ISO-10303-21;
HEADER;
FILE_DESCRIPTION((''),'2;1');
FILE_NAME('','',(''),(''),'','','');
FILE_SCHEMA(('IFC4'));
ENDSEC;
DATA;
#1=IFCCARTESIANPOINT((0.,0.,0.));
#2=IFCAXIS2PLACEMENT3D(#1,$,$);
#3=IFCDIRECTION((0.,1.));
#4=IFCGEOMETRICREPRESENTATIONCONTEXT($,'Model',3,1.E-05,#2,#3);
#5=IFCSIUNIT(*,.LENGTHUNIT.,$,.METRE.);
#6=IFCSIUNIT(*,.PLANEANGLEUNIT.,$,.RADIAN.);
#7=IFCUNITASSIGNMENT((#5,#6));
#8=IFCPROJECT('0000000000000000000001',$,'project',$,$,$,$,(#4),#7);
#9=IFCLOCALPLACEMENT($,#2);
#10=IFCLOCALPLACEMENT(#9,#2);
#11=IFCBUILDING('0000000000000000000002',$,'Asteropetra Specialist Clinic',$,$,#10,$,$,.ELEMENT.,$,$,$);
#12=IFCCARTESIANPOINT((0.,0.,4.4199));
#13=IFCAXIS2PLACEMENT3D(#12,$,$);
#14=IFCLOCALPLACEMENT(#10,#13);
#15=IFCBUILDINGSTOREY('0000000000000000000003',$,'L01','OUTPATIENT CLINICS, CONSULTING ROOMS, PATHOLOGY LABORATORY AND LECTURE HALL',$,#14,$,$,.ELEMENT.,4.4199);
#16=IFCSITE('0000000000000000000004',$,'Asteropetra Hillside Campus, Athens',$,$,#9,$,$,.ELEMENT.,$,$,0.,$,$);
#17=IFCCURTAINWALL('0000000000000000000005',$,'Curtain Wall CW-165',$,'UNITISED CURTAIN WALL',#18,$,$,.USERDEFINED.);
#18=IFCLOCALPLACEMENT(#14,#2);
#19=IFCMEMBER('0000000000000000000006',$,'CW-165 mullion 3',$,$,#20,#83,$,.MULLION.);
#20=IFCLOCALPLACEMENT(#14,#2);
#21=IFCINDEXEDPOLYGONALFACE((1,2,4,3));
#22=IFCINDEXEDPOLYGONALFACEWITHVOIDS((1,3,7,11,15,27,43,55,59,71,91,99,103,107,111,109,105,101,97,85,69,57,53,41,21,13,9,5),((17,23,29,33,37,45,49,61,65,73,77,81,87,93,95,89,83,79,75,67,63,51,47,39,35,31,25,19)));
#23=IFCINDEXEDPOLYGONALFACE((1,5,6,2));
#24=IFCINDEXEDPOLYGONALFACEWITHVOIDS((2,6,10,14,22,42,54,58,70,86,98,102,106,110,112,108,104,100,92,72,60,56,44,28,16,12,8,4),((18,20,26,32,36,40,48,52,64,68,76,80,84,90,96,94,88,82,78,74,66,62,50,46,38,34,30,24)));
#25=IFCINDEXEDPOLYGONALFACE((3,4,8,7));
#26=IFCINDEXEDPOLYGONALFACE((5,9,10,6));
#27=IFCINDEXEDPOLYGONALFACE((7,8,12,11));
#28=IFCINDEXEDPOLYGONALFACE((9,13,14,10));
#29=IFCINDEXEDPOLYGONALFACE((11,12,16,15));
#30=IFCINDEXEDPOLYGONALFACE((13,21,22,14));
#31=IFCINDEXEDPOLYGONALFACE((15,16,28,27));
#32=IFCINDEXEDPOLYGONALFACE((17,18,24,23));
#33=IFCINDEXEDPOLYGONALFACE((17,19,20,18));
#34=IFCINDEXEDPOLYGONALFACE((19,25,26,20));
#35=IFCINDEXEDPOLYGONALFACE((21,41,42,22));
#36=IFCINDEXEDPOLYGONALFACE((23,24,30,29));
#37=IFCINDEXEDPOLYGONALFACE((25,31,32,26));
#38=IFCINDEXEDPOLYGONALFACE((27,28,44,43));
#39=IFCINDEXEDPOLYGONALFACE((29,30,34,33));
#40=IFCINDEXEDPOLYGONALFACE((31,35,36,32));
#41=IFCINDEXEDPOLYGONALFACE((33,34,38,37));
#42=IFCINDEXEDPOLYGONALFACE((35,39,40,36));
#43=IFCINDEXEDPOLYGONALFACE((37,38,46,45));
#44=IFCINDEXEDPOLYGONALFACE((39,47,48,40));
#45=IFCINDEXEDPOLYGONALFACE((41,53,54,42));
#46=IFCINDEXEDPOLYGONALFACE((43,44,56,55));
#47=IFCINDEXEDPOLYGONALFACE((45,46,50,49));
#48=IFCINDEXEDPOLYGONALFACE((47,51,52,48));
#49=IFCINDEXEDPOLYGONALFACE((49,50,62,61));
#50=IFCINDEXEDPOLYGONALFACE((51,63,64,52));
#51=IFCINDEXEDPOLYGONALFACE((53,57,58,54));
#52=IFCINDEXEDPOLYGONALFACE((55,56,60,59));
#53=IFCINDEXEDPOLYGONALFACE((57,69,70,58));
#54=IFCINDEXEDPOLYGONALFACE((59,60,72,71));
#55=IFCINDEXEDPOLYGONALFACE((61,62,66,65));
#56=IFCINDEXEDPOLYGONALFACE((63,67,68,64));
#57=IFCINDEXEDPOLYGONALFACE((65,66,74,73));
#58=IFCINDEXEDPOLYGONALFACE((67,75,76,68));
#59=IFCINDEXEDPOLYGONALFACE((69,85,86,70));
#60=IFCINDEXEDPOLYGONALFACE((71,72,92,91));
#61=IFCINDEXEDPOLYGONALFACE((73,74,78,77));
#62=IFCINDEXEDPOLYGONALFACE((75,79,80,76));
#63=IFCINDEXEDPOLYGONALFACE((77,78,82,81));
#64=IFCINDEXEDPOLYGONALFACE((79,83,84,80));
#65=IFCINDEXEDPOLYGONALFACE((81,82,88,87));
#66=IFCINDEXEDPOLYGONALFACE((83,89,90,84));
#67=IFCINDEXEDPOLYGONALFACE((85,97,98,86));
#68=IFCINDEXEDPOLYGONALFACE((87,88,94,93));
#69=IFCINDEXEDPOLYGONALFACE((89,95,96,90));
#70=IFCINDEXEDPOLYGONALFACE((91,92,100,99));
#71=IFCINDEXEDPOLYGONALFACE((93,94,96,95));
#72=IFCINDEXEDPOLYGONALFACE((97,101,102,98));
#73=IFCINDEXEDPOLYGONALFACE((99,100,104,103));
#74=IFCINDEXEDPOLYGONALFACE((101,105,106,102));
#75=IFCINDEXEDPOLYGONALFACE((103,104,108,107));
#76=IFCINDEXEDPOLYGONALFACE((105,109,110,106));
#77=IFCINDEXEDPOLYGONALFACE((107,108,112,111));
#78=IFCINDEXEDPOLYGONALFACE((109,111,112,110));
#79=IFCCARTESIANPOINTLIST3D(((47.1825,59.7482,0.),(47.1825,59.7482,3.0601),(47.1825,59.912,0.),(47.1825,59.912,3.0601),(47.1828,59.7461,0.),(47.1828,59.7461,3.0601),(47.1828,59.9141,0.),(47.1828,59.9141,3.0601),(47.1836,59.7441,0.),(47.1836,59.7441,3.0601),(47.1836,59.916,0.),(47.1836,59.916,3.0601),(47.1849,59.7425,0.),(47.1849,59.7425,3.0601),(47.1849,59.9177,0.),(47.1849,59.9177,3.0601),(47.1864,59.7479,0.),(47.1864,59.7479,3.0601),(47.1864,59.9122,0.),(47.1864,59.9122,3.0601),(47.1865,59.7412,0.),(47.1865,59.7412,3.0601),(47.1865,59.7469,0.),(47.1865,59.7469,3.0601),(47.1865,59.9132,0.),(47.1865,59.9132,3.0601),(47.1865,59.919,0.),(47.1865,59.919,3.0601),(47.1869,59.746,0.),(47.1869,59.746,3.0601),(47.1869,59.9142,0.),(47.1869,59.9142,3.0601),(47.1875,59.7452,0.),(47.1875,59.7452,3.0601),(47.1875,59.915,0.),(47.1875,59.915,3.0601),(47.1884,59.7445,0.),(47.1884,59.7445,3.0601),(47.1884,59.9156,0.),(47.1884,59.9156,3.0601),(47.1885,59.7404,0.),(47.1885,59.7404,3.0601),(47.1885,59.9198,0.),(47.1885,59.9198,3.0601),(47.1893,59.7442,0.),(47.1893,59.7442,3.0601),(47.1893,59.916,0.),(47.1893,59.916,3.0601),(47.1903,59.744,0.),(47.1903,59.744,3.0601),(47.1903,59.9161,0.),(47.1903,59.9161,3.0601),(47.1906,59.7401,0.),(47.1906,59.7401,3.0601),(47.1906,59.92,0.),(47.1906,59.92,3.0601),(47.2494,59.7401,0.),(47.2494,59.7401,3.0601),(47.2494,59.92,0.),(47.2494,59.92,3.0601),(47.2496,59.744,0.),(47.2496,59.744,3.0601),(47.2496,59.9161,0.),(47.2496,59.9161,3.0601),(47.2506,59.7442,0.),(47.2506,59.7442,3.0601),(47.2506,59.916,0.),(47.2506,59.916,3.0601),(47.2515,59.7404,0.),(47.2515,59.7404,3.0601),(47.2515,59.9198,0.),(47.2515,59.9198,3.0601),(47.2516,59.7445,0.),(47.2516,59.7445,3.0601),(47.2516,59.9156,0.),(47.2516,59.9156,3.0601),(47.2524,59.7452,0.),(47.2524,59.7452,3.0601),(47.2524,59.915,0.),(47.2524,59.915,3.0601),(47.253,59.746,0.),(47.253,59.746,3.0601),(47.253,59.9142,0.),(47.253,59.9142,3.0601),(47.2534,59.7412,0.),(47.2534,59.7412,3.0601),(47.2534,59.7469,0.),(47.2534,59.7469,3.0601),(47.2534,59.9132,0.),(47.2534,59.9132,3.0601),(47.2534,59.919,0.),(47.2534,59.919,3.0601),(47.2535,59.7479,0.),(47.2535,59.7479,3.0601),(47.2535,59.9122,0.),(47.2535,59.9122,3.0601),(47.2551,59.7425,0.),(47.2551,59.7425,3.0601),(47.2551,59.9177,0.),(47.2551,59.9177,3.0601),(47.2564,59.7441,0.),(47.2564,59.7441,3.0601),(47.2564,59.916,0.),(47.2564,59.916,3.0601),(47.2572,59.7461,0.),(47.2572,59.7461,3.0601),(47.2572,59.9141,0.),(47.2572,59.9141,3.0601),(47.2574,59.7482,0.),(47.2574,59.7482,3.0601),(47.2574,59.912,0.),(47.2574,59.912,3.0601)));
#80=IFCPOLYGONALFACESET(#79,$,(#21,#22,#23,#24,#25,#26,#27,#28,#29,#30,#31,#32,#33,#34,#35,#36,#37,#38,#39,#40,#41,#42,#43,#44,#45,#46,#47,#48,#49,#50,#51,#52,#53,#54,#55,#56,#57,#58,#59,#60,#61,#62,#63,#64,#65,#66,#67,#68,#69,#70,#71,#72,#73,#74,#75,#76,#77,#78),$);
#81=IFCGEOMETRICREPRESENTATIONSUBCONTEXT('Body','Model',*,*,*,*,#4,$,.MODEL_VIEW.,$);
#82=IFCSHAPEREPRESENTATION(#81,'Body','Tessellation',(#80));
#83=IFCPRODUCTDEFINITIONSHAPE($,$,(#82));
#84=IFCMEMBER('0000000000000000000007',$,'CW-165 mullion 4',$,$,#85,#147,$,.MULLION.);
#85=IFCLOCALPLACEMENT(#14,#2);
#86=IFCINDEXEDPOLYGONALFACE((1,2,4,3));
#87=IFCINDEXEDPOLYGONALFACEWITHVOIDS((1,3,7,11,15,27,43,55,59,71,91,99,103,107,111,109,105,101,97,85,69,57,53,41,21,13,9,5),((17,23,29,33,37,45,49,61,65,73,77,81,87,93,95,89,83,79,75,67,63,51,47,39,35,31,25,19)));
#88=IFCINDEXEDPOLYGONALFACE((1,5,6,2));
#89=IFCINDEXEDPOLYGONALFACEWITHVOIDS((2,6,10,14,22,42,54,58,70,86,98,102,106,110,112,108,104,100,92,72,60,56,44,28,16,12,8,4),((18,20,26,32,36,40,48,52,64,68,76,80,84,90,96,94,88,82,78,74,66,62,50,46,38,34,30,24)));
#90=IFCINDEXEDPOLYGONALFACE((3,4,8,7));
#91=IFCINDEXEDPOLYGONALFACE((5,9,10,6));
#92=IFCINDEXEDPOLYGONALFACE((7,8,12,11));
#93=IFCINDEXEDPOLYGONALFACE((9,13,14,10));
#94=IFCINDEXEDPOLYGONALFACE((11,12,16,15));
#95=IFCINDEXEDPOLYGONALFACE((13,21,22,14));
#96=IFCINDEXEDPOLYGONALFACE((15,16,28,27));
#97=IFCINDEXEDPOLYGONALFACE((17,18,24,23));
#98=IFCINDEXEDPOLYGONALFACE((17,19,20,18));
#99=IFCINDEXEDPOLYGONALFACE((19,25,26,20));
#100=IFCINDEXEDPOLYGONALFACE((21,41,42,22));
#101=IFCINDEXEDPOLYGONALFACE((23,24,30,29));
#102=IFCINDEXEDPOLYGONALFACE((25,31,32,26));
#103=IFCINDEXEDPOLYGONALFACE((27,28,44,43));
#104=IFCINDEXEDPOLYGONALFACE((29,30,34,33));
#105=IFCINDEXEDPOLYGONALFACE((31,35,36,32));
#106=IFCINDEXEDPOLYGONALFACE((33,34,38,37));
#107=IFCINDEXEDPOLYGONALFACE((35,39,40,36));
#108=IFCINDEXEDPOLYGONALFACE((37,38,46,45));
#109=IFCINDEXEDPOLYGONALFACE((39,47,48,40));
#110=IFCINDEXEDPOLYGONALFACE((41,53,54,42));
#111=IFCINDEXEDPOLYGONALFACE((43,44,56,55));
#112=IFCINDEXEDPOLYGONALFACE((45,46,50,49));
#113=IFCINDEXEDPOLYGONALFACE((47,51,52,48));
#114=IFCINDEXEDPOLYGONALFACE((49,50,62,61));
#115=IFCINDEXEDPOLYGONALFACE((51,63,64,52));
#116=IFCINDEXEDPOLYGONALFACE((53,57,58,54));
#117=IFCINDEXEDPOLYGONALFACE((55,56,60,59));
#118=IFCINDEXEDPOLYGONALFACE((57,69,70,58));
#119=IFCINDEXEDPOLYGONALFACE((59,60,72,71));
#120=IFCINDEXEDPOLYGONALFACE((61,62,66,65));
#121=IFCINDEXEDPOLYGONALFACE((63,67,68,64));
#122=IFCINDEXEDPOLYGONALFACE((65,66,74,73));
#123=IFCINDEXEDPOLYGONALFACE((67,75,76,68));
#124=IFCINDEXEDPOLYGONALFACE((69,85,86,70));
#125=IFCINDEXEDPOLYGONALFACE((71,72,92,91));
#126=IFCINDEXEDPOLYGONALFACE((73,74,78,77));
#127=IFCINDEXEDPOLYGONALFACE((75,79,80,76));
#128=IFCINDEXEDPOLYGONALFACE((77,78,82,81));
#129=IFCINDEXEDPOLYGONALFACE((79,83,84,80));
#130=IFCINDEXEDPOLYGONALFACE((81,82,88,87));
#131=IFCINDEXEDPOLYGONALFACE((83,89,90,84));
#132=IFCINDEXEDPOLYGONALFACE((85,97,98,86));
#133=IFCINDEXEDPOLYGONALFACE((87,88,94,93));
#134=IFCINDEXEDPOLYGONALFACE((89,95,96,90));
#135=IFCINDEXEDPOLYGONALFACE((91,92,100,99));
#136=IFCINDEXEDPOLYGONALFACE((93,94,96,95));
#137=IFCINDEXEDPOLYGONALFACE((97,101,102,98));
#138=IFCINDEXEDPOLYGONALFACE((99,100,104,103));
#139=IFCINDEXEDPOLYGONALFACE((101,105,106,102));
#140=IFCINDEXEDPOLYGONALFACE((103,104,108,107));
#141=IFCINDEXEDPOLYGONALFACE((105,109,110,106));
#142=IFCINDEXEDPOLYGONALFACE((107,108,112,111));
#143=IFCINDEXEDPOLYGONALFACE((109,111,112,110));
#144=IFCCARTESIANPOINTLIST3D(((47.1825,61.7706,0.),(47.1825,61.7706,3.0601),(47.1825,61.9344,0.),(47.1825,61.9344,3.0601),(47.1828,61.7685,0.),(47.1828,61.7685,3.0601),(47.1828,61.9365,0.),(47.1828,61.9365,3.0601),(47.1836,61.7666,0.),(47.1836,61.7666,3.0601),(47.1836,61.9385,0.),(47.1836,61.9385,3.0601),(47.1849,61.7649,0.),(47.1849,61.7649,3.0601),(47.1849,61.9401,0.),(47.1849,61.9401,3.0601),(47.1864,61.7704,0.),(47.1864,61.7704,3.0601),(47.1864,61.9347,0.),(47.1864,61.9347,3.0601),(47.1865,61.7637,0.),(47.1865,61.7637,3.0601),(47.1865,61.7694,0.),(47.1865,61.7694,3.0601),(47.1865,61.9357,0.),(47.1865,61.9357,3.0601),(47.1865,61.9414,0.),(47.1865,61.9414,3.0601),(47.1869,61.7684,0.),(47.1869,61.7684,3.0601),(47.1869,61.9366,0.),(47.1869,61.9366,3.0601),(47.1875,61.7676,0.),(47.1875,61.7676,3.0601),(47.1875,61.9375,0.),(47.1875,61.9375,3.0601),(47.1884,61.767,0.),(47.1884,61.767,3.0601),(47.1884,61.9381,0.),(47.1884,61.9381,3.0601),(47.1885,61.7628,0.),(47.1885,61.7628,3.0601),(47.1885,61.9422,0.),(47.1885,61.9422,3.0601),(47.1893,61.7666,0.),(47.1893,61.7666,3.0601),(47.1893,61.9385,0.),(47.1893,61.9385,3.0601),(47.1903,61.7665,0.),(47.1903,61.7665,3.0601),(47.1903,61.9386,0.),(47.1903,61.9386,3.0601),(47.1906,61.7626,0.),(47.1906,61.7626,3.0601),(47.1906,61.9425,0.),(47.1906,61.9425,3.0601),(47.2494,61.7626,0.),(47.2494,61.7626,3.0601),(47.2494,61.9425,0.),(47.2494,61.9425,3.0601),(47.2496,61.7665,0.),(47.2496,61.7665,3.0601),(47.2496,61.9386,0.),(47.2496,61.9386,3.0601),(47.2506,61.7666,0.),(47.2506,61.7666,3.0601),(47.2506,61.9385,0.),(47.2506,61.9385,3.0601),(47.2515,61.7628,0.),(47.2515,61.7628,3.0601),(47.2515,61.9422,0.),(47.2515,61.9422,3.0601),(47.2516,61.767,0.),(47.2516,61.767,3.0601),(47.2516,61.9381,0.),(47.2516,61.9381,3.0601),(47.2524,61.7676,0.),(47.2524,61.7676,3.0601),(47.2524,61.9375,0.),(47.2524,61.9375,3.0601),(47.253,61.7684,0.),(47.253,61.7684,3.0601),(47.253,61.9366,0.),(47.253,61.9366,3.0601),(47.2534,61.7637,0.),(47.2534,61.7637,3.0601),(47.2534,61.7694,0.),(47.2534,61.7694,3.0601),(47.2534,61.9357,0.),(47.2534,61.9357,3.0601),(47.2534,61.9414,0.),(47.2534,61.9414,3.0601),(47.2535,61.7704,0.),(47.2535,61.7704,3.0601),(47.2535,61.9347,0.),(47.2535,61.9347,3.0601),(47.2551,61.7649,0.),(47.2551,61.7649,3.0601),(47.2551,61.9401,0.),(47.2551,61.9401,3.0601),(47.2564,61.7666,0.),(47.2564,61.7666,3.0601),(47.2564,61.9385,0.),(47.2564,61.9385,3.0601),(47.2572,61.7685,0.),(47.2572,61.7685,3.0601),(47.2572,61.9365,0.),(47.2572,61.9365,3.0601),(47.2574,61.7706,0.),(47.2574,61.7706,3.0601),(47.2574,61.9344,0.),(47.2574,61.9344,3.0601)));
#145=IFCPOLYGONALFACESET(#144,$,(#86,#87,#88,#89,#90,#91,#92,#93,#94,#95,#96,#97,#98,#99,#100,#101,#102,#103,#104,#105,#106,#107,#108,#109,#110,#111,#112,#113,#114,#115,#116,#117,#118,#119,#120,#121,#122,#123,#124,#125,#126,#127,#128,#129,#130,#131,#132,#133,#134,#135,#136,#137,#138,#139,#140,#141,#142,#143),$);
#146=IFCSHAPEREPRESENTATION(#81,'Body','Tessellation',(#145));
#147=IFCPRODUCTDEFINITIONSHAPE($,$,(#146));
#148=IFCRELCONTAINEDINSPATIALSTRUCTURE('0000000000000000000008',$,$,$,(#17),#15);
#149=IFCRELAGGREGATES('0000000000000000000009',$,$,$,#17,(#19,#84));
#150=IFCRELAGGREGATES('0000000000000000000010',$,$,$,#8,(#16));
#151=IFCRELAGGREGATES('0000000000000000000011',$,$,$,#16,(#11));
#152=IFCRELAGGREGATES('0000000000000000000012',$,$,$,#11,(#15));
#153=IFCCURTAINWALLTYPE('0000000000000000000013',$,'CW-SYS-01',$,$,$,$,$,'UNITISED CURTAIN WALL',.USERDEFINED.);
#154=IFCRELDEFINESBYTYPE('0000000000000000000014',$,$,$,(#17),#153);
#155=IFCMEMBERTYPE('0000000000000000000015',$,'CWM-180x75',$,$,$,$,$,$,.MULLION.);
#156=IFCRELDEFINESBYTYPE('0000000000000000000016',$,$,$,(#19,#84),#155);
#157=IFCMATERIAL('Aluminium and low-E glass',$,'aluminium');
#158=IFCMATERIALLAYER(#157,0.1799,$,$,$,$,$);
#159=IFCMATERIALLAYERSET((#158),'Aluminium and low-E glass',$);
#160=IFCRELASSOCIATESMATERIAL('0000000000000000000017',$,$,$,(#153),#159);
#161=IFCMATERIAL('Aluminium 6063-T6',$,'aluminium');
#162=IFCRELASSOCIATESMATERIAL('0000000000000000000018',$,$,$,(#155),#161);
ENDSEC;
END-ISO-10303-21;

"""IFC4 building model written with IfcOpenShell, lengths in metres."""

from ifc_helpers import new_model, si_unit, direction, frame, origin, origin_2d, place, context, subcontext, project, spatial, hollow_rectangle, extrude, material, layer, layer_set, material_profile, profile_set, type_object, element, aggregate, save


model = new_model("IFC4")

# Units and contexts
model_context = context("Model", 3, precision=1e-05, world=origin(), true_north=direction((0.0, 1.0)))
body_context = subcontext(model_context, "Body", "Model", "MODEL_VIEW")
ifc_project = project(units=[si_unit("LENGTHUNIT", "METRE"), si_unit("PLANEANGLEUNIT", "RADIAN")], contexts=[model_context])

# Site, building, storey
site_placement = place(None, origin())
site = spatial("IfcSite", under=ifc_project, at=site_placement, Name="Asteropetra Hillside Campus, Athens", CompositionType="ELEMENT", RefElevation=0.0)
building_placement = place(site_placement, origin())
building = spatial("IfcBuilding", under=site, at=building_placement, Name="Asteropetra Specialist Clinic", CompositionType="ELEMENT")
storey_placement = place(building_placement, frame((0.0, 0.0, 4.4199)))
storey = spatial("IfcBuildingStorey", under=building, at=storey_placement, Name="L01", Description="OUTPATIENT CLINICS, CONSULTING ROOMS, PATHOLOGY LABORATORY AND LECTURE HALL", CompositionType="ELEMENT", Elevation=4.4199)

# Curtain wall, members
ifc_material_1 = material(Name="Aluminium and low-E glass", Category="aluminium")
ifc_layer_1 = layer(ifc_material_1, 0.1799)
ifc_layer_set_1 = layer_set([ifc_layer_1], Name="Aluminium and low-E glass")
curtain_wall_type_1 = type_object("IfcCurtainWallType", Name="CW-SYS-01", ElementType="UNITISED CURTAIN WALL", PredefinedType="USERDEFINED", material=ifc_layer_set_1)
curtain_wall_1_placement = place(storey_placement, origin())
curtain_wall_1 = element("IfcCurtainWall", 1, at=curtain_wall_1_placement, inside=storey, type_object=curtain_wall_type_1, Name="Curtain Wall CW-165", ObjectType="UNITISED CURTAIN WALL", PredefinedType="USERDEFINED")
ifc_material_2 = material(Name="Aluminium 6063-T6", Category="aluminium")
ifc_material_profile_1 = material_profile(ifc_material_2, hollow_rectangle(XDim=0.075, YDim=0.1799, WallThickness=0.0039, InnerFilletRadius=0.0039, OuterFilletRadius=0.0081, at=origin_2d()), Name="MUL 180x75x4.0")
ifc_profile_set_1 = profile_set([ifc_material_profile_1], Name="Aluminium 6063-T6")
member_type_1 = type_object("IfcMemberType", Name="CWM-180x75", PredefinedType="MULLION", material=ifc_profile_set_1)
member_1_placement = place(storey_placement, frame((47.22, 59.8301, 0.0), z_axis=(0.0, 0.0, 1.0), x_axis=(-1.0, 0.0, 0.0)))
member_1 = element("IfcMember", 2, at=member_1_placement, type_object=member_type_1, Name="CW-165 mullion 3", PredefinedType="MULLION", context=body_context, shape_type="SweptSolid", body=[
    extrude(hollow_rectangle(XDim=0.075, YDim=0.1799, WallThickness=0.0039, InnerFilletRadius=0.0039, OuterFilletRadius=0.0081, at=origin_2d()), origin(), (0.0, 0.0, 1.0), 3.0601),
])
member_2_placement = place(storey_placement, frame((47.22, 61.8525, 0.0), z_axis=(0.0, 0.0, 1.0), x_axis=(-1.0, 0.0, 0.0)))
member_2 = element("IfcMember", 3, at=member_2_placement, type_object=member_type_1, Name="CW-165 mullion 4", PredefinedType="MULLION", context=body_context, shape_type="SweptSolid", body=[
    extrude(hollow_rectangle(XDim=0.075, YDim=0.1799, WallThickness=0.0039, InnerFilletRadius=0.0039, OuterFilletRadius=0.0081, at=origin_2d()), origin(), (0.0, 0.0, 1.0), 3.0601),
])

aggregate(curtain_wall_1, [member_1, member_2])

save(model, "model.ifc")
